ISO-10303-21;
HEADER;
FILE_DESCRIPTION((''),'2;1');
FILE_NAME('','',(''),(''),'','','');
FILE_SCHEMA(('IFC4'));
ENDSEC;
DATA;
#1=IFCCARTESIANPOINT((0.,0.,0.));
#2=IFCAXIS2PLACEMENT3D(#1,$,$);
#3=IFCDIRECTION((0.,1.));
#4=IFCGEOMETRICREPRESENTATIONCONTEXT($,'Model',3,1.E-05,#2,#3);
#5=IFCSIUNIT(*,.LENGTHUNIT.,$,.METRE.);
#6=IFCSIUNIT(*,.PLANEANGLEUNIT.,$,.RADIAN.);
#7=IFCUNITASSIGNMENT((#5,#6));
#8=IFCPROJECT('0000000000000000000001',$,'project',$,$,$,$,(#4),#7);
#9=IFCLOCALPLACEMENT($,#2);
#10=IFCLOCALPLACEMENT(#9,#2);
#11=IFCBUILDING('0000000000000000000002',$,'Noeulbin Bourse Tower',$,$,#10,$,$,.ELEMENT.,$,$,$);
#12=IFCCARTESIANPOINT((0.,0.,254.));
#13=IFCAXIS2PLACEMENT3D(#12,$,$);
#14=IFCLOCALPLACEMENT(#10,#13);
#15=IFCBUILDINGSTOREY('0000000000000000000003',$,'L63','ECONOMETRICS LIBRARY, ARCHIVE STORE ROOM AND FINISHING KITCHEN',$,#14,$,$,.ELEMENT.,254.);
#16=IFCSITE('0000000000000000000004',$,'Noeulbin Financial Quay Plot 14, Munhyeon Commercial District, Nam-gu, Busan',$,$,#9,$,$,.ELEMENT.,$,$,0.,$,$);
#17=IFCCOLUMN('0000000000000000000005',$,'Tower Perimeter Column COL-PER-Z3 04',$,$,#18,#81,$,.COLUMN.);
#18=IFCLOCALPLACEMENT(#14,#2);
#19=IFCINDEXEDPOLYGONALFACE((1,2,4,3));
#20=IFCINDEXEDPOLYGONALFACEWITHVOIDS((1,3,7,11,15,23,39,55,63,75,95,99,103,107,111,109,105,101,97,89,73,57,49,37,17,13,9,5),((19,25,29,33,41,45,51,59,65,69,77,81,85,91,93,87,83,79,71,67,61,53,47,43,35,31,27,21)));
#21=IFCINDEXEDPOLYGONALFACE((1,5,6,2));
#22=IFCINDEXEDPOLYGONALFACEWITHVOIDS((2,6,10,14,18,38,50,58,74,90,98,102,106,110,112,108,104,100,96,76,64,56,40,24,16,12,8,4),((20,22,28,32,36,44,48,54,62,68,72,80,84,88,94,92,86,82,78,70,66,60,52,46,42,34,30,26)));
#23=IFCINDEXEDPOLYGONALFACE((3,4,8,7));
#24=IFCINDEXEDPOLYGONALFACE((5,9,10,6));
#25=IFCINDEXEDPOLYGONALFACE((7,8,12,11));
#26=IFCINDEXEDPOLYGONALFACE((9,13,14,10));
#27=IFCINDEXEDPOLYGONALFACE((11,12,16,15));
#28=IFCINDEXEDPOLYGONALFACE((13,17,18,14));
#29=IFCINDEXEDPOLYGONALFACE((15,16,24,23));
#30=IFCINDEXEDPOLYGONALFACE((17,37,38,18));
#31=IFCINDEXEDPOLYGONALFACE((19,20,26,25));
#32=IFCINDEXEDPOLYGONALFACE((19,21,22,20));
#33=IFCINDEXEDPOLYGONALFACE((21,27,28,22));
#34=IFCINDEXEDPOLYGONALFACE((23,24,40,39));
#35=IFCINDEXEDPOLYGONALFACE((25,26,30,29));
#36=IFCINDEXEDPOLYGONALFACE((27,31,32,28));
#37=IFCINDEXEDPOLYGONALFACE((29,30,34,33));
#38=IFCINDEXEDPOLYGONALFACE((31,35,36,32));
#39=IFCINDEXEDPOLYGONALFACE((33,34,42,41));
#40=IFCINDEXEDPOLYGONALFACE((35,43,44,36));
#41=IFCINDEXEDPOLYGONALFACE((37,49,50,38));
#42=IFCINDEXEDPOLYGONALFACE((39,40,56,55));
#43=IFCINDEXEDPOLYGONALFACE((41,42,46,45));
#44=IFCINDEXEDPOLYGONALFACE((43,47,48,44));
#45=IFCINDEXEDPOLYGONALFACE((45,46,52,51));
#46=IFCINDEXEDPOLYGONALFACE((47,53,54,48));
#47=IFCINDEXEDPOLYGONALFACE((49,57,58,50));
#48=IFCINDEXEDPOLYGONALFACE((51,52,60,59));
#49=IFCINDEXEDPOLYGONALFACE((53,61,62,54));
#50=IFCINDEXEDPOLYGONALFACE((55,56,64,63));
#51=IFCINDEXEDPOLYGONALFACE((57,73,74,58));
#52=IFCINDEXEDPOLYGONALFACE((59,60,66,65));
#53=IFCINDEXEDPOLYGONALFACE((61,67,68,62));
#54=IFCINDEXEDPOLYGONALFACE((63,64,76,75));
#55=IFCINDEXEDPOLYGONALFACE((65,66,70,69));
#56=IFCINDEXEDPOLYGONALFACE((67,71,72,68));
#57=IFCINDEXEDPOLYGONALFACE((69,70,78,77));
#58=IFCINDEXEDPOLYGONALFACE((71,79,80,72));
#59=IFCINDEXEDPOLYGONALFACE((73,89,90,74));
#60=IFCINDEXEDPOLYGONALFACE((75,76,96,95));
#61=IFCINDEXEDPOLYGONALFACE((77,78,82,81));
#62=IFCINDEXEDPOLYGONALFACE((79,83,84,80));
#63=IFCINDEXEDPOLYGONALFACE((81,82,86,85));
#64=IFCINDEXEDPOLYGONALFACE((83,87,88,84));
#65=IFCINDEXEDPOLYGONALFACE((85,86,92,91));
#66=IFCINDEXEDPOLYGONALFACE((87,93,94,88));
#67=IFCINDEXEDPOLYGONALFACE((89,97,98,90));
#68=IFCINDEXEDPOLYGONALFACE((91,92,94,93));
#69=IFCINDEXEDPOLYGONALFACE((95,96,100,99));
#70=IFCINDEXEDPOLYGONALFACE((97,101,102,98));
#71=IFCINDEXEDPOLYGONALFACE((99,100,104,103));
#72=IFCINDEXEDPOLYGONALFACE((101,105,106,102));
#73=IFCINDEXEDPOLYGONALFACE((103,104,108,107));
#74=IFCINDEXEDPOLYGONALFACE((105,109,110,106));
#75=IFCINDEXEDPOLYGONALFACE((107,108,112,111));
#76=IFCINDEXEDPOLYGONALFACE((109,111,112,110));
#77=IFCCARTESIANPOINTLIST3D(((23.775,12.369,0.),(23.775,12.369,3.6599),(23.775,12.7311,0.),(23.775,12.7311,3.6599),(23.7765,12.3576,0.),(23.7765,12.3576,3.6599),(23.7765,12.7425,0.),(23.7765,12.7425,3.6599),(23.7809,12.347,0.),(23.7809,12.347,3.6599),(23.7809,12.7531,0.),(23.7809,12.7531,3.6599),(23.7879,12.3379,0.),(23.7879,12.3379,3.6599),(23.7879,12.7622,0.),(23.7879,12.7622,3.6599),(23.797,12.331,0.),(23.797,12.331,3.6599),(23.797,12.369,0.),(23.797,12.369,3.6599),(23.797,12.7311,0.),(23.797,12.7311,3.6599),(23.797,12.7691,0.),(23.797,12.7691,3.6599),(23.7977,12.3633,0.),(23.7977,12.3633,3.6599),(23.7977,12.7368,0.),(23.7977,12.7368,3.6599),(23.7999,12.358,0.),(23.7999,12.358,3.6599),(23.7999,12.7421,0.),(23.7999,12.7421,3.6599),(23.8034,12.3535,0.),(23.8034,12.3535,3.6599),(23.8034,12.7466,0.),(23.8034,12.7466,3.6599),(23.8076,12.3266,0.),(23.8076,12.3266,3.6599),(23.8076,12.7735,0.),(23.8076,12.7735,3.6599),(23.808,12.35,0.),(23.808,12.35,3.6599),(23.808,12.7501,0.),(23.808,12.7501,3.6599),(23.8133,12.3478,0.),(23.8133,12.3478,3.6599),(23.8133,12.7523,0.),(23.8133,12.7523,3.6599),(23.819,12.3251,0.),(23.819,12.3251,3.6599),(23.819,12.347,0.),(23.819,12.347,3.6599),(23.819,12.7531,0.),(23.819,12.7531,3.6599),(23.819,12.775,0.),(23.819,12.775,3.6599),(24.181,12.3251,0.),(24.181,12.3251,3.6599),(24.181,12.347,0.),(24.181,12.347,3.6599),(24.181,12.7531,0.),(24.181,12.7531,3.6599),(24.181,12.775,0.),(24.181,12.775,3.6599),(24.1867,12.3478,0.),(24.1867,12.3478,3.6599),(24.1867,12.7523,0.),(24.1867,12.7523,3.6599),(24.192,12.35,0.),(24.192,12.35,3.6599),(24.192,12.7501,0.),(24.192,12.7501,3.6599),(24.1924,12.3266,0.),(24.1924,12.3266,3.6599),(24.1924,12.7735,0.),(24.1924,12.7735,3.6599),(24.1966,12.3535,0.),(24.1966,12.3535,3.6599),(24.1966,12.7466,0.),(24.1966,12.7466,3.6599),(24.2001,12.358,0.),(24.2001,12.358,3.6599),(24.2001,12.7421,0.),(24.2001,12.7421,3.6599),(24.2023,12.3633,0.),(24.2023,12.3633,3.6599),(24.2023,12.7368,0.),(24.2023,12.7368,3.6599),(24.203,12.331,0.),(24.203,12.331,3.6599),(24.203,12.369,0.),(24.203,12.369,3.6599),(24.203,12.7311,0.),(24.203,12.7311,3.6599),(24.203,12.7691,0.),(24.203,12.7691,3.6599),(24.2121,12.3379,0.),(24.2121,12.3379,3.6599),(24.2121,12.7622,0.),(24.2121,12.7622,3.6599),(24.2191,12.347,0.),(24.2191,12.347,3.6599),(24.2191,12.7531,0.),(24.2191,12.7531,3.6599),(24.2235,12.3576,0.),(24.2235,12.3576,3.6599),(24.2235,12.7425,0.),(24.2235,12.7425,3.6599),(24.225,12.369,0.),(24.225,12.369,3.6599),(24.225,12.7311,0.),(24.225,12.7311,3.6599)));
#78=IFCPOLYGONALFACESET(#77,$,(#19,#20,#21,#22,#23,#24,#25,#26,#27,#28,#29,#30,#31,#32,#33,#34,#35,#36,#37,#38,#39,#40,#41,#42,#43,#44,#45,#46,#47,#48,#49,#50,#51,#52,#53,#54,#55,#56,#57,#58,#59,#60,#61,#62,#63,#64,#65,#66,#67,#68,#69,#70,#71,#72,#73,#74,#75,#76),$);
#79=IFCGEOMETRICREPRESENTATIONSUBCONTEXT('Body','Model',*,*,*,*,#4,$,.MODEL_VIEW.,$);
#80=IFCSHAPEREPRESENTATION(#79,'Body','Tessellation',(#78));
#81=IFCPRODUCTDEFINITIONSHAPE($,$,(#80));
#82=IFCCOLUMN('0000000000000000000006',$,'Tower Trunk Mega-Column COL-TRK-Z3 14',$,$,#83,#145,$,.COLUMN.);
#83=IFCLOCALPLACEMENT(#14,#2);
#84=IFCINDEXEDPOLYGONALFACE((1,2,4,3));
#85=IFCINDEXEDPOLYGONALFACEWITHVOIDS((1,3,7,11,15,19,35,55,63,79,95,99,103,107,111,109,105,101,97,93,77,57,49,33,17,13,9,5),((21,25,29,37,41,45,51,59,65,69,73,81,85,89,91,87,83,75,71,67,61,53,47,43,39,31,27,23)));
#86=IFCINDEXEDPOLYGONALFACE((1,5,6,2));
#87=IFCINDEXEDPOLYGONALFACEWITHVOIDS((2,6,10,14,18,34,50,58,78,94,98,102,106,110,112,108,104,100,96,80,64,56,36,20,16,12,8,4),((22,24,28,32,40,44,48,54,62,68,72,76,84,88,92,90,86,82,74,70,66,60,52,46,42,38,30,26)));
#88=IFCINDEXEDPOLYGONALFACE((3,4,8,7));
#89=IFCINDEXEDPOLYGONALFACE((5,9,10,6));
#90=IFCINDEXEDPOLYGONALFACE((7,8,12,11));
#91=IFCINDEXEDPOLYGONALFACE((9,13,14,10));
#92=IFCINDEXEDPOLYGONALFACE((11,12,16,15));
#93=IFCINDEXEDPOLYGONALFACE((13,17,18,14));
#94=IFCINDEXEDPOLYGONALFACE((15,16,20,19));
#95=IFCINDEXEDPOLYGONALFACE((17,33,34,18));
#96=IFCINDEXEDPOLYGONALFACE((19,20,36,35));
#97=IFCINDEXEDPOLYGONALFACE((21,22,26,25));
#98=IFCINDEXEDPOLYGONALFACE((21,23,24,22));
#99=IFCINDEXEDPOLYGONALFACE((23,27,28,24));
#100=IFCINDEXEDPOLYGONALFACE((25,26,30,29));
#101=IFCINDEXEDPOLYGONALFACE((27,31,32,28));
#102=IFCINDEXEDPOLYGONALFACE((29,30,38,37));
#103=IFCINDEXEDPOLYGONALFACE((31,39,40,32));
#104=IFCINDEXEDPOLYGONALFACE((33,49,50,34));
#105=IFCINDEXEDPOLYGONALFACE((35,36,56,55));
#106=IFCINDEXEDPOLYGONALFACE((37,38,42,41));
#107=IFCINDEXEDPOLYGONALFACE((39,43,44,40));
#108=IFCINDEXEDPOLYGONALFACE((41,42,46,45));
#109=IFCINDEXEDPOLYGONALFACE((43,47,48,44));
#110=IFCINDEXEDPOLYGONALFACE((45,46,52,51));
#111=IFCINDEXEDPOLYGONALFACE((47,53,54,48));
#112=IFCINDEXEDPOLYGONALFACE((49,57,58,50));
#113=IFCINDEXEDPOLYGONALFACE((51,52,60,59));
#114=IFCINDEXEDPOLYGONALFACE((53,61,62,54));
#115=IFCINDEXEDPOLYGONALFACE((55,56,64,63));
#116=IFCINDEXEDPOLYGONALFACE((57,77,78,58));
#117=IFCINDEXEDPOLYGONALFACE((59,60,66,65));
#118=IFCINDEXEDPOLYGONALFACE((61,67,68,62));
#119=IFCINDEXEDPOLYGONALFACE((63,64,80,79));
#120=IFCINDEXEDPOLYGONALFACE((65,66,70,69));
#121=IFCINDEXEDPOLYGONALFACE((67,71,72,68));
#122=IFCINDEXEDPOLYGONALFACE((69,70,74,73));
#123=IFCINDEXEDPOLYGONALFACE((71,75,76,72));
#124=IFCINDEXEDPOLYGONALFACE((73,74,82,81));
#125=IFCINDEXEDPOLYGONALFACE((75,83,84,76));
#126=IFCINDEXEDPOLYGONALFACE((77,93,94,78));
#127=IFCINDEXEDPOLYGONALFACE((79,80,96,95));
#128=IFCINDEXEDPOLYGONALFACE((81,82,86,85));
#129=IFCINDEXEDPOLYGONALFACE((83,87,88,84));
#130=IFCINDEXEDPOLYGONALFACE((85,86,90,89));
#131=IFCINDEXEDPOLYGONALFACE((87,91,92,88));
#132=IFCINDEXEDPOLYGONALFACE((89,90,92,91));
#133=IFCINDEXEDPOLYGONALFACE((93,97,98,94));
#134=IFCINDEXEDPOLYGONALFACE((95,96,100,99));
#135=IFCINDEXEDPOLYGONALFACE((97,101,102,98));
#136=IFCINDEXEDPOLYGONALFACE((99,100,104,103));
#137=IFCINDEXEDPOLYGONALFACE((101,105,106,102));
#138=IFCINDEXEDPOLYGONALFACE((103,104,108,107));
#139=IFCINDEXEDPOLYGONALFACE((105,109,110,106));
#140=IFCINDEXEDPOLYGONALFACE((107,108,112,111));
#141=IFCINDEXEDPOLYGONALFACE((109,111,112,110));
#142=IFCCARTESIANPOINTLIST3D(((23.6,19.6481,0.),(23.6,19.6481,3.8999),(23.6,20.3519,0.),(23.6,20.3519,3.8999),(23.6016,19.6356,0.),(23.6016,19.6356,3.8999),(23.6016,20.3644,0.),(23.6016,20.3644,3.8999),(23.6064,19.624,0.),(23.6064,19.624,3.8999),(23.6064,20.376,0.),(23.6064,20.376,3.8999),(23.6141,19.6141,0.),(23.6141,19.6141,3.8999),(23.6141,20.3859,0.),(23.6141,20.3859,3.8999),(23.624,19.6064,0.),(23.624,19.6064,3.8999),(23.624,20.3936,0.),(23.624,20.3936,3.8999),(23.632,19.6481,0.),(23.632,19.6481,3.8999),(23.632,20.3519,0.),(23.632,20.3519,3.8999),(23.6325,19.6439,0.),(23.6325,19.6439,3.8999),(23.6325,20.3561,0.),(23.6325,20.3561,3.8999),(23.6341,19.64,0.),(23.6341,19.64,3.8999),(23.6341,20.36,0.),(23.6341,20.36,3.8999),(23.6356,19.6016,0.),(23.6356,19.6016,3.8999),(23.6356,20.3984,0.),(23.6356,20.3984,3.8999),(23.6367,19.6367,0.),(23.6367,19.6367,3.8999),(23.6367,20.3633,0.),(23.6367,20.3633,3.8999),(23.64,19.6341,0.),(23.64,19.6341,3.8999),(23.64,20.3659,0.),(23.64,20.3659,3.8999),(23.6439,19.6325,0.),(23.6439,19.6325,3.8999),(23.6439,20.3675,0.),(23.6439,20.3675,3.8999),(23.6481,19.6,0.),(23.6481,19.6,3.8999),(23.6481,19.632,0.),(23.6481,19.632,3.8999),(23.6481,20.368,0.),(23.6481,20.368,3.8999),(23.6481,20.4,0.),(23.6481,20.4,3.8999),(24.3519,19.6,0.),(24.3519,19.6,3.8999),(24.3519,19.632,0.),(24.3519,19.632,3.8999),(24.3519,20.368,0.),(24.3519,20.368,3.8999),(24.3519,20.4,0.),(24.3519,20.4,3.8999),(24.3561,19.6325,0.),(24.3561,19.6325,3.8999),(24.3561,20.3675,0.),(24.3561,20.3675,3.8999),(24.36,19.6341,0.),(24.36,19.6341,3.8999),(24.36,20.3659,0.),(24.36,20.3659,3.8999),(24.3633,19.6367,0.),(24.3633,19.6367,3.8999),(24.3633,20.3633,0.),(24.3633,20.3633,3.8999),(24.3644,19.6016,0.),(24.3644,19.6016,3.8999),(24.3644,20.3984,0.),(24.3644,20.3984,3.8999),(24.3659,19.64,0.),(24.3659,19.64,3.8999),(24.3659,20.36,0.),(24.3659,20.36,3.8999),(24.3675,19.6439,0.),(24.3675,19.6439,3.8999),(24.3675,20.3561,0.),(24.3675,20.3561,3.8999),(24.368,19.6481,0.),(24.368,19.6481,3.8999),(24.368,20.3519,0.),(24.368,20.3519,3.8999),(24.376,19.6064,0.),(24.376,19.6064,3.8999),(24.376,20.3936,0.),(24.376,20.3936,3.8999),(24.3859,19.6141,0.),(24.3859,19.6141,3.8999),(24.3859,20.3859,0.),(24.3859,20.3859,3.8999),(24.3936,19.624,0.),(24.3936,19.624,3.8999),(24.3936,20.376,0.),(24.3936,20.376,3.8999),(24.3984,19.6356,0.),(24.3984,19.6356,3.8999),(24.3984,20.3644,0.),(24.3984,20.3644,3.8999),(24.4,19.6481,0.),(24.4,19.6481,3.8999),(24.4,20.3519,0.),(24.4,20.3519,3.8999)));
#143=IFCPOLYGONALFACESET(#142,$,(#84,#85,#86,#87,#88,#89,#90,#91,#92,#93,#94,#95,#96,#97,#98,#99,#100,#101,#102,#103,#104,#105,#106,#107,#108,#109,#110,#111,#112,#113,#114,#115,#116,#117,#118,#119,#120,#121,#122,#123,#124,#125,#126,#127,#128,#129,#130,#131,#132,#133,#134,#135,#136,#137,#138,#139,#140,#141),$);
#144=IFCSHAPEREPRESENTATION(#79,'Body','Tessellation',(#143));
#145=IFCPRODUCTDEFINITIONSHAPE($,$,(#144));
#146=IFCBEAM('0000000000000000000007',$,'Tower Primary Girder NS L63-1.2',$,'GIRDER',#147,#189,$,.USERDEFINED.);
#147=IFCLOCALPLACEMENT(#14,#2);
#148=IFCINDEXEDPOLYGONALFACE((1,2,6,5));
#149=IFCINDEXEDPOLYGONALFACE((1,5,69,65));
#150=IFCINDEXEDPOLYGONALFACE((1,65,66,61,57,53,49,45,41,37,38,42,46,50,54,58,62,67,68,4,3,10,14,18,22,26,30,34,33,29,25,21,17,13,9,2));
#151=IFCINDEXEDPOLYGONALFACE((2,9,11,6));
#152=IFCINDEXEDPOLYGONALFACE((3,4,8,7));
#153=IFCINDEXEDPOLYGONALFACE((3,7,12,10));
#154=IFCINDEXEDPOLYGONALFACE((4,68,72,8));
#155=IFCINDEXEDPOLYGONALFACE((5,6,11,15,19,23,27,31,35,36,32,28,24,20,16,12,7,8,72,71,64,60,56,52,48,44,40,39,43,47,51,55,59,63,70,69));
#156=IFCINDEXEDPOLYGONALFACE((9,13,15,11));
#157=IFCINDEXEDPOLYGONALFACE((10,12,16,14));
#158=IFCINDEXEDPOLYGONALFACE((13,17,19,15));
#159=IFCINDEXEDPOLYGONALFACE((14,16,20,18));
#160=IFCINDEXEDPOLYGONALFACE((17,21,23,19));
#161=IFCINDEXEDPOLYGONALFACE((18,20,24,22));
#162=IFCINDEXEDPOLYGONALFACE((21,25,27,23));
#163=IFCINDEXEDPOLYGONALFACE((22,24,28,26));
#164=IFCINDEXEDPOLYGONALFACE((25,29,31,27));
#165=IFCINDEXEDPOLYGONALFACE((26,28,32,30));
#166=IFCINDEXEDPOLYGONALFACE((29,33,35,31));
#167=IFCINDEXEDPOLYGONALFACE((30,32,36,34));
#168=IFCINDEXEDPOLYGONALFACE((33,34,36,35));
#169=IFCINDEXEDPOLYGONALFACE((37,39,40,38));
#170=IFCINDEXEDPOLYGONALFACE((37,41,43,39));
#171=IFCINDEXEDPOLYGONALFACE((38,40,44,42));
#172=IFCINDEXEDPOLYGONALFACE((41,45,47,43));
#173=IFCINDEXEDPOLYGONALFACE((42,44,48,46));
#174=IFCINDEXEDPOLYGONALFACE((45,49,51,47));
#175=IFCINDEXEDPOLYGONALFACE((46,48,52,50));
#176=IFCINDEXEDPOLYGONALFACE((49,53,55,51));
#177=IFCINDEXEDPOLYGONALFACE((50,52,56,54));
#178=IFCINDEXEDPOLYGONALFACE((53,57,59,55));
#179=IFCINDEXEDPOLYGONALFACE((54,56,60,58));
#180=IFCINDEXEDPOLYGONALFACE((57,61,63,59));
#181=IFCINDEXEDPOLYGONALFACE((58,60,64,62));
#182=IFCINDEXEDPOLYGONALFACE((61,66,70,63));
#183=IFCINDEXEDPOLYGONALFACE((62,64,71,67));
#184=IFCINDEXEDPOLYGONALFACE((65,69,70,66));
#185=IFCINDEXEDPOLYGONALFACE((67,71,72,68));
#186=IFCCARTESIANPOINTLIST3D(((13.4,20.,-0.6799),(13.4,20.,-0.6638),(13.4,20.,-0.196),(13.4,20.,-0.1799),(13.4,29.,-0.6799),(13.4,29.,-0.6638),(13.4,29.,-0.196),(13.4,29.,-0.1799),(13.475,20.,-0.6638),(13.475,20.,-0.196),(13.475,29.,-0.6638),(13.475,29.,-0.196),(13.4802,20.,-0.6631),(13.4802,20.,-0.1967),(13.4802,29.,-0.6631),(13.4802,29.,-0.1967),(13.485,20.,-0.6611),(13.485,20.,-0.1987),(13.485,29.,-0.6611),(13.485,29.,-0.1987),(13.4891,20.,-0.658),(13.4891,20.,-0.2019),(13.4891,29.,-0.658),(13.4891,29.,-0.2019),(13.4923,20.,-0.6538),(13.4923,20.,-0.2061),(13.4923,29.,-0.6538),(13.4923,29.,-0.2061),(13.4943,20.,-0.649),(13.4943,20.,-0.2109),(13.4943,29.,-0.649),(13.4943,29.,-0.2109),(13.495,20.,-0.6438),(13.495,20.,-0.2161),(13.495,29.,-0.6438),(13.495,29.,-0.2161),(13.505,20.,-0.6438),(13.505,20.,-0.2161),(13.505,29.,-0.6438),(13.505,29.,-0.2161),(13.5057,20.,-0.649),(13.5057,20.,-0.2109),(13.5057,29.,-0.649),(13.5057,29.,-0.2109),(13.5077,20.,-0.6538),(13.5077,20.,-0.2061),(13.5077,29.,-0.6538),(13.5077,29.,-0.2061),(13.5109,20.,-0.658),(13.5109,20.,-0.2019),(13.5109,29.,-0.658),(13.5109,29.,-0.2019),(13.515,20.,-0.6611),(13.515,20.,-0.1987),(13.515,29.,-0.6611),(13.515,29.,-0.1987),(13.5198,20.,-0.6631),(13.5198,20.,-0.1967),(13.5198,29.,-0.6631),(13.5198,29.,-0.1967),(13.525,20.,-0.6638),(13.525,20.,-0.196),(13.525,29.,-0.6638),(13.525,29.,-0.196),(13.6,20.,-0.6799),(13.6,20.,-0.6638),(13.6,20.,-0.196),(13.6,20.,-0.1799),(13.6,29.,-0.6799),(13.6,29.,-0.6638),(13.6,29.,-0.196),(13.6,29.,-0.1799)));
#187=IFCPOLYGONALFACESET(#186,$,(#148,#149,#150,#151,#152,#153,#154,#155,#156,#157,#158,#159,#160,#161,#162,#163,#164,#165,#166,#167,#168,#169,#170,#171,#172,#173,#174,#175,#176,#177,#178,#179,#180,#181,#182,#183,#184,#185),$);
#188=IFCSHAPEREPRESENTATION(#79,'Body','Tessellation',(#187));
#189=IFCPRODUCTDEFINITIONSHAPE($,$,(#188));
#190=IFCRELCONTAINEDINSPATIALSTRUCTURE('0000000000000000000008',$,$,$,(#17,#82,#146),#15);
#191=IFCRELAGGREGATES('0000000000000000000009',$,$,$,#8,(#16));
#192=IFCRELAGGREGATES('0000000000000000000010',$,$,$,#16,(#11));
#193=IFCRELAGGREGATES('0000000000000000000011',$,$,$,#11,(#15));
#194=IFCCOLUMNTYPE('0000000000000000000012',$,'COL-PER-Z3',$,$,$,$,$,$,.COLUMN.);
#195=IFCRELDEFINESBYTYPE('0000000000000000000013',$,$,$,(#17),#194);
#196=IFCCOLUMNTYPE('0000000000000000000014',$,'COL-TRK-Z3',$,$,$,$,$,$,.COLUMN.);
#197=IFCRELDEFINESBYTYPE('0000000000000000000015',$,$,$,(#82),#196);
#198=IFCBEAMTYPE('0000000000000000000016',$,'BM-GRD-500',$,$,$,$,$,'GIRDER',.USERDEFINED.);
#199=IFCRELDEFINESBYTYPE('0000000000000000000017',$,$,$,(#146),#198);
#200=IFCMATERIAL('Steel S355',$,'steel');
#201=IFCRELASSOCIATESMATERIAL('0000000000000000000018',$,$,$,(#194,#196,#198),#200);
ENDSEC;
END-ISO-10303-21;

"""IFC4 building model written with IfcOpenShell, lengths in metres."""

from ifc_helpers import new_model, si_unit, direction, frame, origin, origin_2d, place, context, subcontext, project, spatial, hollow_rectangle, i_section, extrude, material, material_profile, profile_set, type_object, element, save


model = new_model("IFC4")

# Units and contexts
model_context = context("Model", 3, precision=1e-05, world=origin(), true_north=direction((0.0, 1.0)))
body_context = subcontext(model_context, "Body", "Model", "MODEL_VIEW")
ifc_project = project(units=[si_unit("LENGTHUNIT", "METRE"), si_unit("PLANEANGLEUNIT", "RADIAN")], contexts=[model_context])

# Site, building, storey
site_placement = place(None, origin())
site = spatial("IfcSite", under=ifc_project, at=site_placement, Name="Noeulbin Financial Quay Plot 14, Munhyeon Commercial District, Nam-gu, Busan", CompositionType="ELEMENT", RefElevation=0.0)
building_placement = place(site_placement, origin())
building = spatial("IfcBuilding", under=site, at=building_placement, Name="Noeulbin Bourse Tower", CompositionType="ELEMENT")
storey_placement = place(building_placement, frame((0.0, 0.0, 254.0)))
storey = spatial("IfcBuildingStorey", under=building, at=storey_placement, Name="L63", Description="ECONOMETRICS LIBRARY, ARCHIVE STORE ROOM AND FINISHING KITCHEN", CompositionType="ELEMENT", Elevation=254.0)

# Columns
ifc_material_1 = material(Name="Steel S355", Category="steel")
ifc_material_profile_1 = material_profile(ifc_material_1, hollow_rectangle(XDim=0.45, YDim=0.45, WallThickness=0.022, InnerFilletRadius=0.022, OuterFilletRadius=0.0439, at=origin_2d()), Name="SHS-450x450x22", Category="LoadBearing")
ifc_profile_set_1 = profile_set([ifc_material_profile_1], Name="Steel S355")
column_type_1 = type_object("IfcColumnType", Name="COL-PER-Z3", PredefinedType="COLUMN", material=ifc_profile_set_1)
column_1_placement = place(storey_placement, frame((24.0, 12.55, 0.0), z_axis=(0.0, 0.0, 1.0), x_axis=(1.0, 0.0, 0.0)))
element("IfcColumn", 1, at=column_1_placement, inside=storey, type_object=column_type_1, Name="Tower Perimeter Column COL-PER-Z3 04", PredefinedType="COLUMN", context=body_context, shape_type="SweptSolid", body=[
    extrude(hollow_rectangle(XDim=0.45, YDim=0.45, WallThickness=0.022, InnerFilletRadius=0.022, OuterFilletRadius=0.0439, at=origin_2d()), origin(), (0.0, 0.0, 1.0), 3.6599),
])
ifc_material_profile_2 = material_profile(ifc_material_1, hollow_rectangle(XDim=0.8, YDim=0.8, WallThickness=0.032, InnerFilletRadius=0.0161, OuterFilletRadius=0.0481, at=origin_2d()), Name="BOX-800x800x32", Category="LoadBearing")
ifc_profile_set_2 = profile_set([ifc_material_profile_2], Name="Steel S355")
column_type_2 = type_object("IfcColumnType", Name="COL-TRK-Z3", PredefinedType="COLUMN", material=ifc_profile_set_2)
column_2_placement = place(storey_placement, frame((24.0, 20.0, 0.0), z_axis=(0.0, 0.0, 1.0), x_axis=(1.0, 0.0, 0.0)))
element("IfcColumn", 2, at=column_2_placement, inside=storey, type_object=column_type_2, Name="Tower Trunk Mega-Column COL-TRK-Z3 14", PredefinedType="COLUMN", context=body_context, shape_type="SweptSolid", body=[
    extrude(hollow_rectangle(XDim=0.8, YDim=0.8, WallThickness=0.032, InnerFilletRadius=0.0161, OuterFilletRadius=0.0481, at=origin_2d()), origin(), (0.0, 0.0, 1.0), 3.8999),
])

# Beam
ifc_material_profile_3 = material_profile(ifc_material_1, i_section(OverallWidth=0.2, OverallDepth=0.5, WebThickness=0.01, FlangeThickness=0.0161, FilletRadius=0.02, at=origin_2d()), Name="H-500x200x10x16", Category="LoadBearing")
ifc_profile_set_3 = profile_set([ifc_material_profile_3], Name="Steel S355")
beam_type_1 = type_object("IfcBeamType", Name="BM-GRD-500", ElementType="GIRDER", PredefinedType="USERDEFINED", material=ifc_profile_set_3)
beam_1_placement = place(storey_placement, frame((13.5, 20.0, -0.4299), z_axis=(0.0, 1.0, 0.0), x_axis=(-1.0, 0.0, 0.0)))
element("IfcBeam", 3, at=beam_1_placement, inside=storey, type_object=beam_type_1, Name="Tower Primary Girder NS L63-1.2", ObjectType="GIRDER", PredefinedType="USERDEFINED", context=body_context, shape_type="SweptSolid", body=[
    extrude(i_section(OverallWidth=0.2, OverallDepth=0.5, WebThickness=0.01, FlangeThickness=0.0161, FilletRadius=0.02, at=origin_2d()), origin(), (0.0, 0.0, 1.0), 9.0),
])

save(model, "model.ifc")
